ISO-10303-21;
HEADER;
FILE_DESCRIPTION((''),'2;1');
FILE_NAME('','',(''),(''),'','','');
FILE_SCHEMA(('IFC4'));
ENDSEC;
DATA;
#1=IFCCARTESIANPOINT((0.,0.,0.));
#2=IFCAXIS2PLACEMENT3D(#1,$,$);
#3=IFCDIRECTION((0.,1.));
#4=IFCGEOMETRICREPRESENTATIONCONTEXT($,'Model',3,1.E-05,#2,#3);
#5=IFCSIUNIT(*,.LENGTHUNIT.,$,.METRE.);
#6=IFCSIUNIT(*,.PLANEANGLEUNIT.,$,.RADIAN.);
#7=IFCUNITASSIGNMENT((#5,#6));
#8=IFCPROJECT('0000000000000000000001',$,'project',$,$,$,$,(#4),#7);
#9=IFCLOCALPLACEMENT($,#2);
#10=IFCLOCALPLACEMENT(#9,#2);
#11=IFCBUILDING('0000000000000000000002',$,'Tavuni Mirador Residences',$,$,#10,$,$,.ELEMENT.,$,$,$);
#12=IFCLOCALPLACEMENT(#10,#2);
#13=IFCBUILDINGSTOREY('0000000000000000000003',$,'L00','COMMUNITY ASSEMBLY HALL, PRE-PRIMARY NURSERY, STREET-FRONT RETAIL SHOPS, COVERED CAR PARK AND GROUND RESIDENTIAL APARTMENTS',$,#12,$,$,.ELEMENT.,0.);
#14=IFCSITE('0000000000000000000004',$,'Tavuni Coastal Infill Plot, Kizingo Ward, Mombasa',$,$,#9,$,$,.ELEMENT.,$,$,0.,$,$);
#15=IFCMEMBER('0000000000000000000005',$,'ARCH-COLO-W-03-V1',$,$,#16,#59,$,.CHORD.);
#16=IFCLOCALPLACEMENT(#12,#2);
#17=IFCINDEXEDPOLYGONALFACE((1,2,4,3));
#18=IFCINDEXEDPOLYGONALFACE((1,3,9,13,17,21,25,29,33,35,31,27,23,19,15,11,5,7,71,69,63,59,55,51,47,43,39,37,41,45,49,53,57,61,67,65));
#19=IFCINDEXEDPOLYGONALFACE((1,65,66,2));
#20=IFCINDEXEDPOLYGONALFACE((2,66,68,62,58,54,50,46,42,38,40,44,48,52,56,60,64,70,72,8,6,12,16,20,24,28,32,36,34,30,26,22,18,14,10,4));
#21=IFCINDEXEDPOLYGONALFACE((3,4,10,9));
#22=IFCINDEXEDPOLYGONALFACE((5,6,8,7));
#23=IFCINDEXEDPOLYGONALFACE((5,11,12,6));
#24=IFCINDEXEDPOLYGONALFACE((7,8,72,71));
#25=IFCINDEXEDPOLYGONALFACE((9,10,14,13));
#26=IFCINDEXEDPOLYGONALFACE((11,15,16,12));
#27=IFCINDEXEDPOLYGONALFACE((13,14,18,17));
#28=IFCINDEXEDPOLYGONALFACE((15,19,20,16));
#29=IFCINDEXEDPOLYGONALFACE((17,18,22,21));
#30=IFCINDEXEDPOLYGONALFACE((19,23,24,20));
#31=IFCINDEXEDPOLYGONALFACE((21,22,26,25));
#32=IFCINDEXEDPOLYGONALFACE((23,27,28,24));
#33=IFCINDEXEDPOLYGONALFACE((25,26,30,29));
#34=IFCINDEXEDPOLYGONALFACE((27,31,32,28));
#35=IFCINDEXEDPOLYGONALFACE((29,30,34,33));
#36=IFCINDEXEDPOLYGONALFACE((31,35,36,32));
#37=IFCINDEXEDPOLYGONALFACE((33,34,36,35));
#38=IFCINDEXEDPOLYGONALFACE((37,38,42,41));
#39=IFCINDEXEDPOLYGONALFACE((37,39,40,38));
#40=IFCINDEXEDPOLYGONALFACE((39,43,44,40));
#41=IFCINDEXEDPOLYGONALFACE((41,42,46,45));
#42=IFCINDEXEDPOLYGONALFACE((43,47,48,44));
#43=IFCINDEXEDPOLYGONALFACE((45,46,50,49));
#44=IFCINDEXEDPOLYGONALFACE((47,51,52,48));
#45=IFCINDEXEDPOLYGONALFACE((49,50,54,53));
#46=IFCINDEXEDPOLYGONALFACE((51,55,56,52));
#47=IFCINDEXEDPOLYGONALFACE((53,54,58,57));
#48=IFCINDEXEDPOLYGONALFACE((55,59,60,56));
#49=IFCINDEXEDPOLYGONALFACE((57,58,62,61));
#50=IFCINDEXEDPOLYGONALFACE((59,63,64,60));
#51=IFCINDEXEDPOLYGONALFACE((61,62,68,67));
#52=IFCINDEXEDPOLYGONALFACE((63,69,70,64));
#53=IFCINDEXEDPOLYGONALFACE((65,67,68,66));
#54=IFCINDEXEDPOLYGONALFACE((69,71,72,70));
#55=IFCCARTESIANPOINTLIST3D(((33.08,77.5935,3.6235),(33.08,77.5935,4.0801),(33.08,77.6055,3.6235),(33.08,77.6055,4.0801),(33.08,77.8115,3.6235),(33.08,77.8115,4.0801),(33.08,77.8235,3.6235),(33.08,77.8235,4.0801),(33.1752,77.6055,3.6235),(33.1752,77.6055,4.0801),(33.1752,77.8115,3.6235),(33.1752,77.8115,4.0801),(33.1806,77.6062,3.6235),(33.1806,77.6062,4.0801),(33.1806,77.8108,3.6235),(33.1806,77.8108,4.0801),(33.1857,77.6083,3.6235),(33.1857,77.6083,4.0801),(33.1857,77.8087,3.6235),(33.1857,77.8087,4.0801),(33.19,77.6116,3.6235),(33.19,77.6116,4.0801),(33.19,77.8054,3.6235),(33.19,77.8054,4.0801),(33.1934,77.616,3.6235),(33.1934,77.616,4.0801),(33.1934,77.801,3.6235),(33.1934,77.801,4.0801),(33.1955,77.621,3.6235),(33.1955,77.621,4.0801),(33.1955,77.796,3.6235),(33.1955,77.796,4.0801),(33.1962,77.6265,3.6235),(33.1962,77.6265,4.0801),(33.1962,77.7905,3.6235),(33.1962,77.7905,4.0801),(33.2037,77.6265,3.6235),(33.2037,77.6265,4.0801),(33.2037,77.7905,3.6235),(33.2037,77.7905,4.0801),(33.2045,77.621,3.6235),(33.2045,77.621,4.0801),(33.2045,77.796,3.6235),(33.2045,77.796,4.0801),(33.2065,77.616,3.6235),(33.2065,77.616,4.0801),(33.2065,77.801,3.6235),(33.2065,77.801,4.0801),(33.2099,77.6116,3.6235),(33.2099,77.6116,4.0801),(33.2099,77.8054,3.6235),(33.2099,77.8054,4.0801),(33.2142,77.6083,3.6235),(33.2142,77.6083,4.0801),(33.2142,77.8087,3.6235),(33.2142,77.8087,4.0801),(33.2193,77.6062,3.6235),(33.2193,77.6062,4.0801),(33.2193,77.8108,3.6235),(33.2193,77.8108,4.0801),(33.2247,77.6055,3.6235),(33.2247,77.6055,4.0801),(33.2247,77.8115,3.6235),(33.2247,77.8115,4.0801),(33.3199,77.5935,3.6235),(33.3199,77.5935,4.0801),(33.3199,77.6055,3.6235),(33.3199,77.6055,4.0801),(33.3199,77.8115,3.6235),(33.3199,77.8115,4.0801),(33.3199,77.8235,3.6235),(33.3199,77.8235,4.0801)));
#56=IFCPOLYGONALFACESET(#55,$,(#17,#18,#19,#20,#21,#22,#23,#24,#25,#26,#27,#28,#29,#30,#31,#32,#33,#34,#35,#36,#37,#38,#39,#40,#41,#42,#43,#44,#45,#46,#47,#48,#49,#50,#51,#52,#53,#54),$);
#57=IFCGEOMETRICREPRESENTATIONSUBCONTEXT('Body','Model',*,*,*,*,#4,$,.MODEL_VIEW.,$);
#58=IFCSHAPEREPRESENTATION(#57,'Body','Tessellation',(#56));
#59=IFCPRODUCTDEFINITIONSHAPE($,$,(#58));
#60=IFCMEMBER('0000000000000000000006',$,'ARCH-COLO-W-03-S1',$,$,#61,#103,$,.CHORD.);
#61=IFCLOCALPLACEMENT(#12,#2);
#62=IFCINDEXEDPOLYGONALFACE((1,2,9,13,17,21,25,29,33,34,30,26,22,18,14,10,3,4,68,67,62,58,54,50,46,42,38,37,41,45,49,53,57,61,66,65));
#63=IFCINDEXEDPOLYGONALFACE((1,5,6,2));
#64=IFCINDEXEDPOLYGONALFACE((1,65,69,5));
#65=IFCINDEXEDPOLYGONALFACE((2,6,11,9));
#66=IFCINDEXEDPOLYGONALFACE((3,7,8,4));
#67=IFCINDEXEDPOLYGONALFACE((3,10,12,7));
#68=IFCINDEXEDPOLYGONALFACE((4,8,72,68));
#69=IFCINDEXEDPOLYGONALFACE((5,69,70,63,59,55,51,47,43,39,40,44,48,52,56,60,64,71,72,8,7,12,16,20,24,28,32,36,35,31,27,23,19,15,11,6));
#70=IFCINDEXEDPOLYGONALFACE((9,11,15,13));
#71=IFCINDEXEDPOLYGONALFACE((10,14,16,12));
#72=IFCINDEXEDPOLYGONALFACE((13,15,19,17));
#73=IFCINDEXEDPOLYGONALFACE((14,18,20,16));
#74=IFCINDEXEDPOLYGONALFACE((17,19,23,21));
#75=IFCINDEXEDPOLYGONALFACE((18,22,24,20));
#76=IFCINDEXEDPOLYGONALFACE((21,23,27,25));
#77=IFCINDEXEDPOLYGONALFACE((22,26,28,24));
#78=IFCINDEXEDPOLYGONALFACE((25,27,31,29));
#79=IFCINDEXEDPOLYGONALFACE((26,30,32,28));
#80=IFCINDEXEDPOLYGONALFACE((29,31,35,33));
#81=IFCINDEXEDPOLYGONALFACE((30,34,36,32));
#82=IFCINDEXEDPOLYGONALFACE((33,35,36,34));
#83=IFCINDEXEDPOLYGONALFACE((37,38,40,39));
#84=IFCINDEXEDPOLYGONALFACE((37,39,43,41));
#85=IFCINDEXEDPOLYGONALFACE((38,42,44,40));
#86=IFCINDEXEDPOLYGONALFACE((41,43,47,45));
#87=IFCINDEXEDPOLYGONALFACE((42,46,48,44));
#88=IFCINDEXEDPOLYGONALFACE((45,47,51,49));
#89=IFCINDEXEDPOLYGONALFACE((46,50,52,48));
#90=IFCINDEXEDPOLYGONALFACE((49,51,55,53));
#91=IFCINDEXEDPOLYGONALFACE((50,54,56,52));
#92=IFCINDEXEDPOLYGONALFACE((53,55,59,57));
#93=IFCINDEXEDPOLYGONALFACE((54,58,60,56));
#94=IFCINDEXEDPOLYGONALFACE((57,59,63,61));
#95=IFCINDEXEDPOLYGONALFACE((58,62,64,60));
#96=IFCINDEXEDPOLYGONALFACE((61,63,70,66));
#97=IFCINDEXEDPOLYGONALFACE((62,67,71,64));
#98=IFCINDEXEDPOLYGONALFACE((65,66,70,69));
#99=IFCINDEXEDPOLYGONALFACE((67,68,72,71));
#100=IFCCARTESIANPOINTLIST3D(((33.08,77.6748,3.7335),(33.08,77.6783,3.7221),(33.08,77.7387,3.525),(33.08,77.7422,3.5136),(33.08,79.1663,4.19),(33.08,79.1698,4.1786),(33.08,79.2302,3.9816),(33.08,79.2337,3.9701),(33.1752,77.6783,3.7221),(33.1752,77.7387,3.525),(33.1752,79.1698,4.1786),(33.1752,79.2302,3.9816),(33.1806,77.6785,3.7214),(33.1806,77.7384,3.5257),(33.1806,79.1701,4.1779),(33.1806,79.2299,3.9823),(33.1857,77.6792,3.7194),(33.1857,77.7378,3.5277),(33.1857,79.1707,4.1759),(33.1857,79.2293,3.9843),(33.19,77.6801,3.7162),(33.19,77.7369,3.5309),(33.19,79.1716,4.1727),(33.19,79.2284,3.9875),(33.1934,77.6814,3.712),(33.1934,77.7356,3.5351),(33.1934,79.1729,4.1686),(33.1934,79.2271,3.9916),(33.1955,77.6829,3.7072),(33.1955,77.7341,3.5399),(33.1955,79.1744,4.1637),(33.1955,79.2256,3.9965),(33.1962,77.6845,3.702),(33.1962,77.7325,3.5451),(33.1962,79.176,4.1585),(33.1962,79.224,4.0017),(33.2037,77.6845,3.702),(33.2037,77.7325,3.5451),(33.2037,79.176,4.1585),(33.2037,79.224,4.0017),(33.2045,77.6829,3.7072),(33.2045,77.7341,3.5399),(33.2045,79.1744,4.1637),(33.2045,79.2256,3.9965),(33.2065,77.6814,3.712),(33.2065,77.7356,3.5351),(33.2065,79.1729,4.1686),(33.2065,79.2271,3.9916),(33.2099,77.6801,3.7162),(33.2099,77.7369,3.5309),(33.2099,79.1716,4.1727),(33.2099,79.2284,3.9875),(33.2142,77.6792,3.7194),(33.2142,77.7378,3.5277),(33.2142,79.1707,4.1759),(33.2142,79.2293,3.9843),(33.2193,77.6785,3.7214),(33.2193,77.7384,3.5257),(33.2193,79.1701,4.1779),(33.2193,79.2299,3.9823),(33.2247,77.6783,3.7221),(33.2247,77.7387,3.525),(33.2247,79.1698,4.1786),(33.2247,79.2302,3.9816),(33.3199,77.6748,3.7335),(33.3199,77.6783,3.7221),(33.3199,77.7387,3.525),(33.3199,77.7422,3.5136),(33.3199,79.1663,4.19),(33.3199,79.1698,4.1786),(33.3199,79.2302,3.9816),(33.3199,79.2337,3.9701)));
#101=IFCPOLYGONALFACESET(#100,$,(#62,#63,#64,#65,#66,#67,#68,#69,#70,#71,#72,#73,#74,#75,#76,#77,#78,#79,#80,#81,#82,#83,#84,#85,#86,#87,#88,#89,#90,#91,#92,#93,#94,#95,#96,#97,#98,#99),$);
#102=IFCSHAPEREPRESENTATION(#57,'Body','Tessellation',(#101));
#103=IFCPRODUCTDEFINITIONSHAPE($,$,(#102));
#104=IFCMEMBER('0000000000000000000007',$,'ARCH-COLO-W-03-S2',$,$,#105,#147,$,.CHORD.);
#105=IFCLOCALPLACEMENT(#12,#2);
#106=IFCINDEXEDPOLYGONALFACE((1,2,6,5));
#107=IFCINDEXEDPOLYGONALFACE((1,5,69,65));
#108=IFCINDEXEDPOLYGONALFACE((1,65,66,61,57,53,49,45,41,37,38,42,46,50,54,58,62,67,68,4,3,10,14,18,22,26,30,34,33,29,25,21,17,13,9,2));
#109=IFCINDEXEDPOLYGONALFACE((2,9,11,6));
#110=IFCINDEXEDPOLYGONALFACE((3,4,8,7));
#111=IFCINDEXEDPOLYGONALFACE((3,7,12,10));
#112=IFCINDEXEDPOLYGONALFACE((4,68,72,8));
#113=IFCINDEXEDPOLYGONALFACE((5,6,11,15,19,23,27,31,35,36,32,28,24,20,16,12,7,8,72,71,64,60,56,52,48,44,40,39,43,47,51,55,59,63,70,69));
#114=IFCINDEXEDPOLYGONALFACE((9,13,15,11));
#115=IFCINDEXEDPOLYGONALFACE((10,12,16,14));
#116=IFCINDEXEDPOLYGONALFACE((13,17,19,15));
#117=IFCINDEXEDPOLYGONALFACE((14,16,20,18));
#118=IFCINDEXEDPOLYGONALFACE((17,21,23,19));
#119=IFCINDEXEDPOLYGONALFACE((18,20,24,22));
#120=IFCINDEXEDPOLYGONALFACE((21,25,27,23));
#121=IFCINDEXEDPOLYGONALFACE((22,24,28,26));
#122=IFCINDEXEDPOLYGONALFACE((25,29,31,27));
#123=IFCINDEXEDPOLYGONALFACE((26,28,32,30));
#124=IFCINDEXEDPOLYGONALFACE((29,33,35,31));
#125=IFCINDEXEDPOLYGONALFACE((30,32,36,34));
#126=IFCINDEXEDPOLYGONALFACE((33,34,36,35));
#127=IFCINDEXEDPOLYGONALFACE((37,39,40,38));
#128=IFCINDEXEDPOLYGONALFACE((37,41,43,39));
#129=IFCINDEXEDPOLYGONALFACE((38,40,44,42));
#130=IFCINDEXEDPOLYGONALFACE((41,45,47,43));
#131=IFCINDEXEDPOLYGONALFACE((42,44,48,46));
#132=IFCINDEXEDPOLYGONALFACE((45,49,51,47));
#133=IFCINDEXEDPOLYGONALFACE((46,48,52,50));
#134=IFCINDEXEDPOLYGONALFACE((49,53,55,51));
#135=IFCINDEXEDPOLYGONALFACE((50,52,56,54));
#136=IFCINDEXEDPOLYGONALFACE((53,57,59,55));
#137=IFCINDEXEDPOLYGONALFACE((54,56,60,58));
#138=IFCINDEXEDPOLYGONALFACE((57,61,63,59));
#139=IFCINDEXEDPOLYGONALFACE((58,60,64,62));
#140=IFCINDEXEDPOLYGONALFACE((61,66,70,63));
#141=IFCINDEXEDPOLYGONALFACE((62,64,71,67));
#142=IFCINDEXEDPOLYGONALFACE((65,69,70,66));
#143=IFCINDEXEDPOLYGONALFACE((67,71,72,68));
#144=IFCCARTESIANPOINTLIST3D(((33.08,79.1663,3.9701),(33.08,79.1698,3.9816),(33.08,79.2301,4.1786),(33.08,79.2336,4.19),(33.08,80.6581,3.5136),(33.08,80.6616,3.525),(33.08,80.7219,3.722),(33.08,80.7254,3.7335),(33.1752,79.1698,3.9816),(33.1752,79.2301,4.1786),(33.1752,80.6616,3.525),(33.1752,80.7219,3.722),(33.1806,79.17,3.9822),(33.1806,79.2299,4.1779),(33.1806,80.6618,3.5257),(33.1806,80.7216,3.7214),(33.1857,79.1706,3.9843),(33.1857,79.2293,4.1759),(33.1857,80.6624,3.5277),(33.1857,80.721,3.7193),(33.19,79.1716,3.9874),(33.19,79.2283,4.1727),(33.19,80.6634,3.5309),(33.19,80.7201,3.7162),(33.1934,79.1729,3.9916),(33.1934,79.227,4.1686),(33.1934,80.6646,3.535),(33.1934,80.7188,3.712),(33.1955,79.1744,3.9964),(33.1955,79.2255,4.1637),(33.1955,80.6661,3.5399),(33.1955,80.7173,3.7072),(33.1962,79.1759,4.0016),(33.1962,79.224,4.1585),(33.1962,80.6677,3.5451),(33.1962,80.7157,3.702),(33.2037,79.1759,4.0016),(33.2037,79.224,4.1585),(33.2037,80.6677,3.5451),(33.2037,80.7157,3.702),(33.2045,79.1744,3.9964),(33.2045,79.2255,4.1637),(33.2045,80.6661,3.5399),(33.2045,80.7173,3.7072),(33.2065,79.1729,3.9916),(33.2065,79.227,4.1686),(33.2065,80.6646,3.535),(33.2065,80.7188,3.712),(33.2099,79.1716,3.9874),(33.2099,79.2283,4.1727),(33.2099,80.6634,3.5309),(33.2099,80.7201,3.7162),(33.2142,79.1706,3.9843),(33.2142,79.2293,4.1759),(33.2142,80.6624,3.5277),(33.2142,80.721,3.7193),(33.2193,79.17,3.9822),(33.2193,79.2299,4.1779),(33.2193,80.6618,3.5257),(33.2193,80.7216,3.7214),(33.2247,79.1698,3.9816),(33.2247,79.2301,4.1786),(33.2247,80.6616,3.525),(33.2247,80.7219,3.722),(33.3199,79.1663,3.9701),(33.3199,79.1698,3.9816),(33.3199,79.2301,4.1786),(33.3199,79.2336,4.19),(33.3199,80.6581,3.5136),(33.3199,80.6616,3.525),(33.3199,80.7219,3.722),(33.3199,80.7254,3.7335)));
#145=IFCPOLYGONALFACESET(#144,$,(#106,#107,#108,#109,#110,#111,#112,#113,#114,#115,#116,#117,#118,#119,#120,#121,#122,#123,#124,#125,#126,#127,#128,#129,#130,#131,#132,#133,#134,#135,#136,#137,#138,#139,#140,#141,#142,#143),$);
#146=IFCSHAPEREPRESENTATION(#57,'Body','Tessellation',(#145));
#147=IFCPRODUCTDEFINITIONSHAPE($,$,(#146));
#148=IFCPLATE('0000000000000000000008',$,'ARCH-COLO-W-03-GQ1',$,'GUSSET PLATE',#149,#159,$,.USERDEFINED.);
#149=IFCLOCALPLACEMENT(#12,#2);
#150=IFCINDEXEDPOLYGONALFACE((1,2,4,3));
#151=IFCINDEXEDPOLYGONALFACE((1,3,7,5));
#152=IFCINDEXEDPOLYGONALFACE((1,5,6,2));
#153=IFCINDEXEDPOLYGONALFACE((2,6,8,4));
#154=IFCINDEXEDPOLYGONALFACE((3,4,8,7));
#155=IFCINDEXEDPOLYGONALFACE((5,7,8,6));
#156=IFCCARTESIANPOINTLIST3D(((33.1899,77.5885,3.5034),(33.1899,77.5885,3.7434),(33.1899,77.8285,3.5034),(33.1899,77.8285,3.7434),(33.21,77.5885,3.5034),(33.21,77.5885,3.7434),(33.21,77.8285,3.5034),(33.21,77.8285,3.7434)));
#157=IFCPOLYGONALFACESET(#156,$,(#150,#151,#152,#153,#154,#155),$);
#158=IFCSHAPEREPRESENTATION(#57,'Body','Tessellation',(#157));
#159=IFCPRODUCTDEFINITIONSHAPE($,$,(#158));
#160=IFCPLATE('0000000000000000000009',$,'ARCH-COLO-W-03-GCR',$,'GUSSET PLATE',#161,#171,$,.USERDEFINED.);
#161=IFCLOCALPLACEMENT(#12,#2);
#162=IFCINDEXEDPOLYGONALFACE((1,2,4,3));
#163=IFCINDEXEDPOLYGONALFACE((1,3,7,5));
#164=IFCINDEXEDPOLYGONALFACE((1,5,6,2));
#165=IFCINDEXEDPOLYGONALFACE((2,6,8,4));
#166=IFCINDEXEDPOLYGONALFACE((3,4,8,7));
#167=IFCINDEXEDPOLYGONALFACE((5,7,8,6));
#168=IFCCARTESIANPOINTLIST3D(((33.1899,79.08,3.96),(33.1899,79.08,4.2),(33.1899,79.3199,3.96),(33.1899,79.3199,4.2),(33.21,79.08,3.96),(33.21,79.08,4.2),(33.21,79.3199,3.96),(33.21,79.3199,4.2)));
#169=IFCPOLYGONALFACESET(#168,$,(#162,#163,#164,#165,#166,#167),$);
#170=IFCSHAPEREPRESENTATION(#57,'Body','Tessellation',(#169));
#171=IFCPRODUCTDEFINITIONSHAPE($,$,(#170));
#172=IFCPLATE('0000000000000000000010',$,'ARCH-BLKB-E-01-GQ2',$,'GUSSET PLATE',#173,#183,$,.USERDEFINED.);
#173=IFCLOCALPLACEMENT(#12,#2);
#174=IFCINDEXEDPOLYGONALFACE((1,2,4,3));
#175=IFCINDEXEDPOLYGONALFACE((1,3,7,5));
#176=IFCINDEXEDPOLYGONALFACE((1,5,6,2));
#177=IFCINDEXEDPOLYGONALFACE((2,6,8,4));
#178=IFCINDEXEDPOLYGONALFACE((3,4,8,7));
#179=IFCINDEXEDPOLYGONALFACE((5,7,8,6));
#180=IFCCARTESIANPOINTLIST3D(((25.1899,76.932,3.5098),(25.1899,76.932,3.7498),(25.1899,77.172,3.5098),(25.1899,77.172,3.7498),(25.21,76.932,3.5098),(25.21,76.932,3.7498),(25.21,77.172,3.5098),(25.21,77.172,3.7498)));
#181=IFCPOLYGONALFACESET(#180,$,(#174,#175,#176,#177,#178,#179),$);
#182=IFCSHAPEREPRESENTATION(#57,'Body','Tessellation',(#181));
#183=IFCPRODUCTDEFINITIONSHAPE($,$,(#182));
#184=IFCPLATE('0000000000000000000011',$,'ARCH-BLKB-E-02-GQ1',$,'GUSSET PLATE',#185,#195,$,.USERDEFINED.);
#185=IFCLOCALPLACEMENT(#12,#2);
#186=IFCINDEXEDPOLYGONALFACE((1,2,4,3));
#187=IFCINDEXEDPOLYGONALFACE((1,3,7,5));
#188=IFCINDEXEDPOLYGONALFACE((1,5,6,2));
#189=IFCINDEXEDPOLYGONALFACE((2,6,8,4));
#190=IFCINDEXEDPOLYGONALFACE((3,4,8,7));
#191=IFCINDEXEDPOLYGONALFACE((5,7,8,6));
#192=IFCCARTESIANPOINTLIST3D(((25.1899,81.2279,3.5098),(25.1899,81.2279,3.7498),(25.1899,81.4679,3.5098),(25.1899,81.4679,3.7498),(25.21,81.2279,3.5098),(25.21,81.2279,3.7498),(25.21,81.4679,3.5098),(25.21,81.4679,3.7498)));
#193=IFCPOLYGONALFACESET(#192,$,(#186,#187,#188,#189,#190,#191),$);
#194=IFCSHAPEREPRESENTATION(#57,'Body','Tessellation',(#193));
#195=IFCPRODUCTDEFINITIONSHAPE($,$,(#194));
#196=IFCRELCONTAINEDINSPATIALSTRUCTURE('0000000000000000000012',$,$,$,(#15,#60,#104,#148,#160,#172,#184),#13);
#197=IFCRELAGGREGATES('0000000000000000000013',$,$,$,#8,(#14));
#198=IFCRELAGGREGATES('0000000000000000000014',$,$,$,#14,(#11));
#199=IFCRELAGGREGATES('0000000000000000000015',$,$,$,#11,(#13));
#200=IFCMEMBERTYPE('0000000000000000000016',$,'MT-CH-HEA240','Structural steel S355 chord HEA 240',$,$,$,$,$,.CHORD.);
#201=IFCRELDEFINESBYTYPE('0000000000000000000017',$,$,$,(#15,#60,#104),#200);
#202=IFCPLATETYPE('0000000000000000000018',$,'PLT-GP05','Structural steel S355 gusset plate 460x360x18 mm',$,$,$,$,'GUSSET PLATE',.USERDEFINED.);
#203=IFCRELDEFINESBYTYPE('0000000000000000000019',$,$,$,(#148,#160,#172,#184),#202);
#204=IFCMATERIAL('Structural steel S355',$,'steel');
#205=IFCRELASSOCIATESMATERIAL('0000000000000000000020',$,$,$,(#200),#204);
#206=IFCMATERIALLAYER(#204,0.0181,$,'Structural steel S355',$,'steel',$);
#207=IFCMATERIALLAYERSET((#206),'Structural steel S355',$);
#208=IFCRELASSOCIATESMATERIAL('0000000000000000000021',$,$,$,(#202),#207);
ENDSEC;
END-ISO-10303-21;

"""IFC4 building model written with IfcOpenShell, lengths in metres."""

from ifc_helpers import new_model, si_unit, direction, frame, origin, origin_2d, place, context, subcontext, project, spatial, rectangle, i_section, extrude, material, layer, layer_set, material_profile, profile_set, type_object, element, save


model = new_model("IFC4")

# Units and contexts
model_context = context("Model", 3, precision=1e-05, world=origin(), true_north=direction((0.0, 1.0)))
body_context = subcontext(model_context, "Body", "Model", "MODEL_VIEW")
ifc_project = project(units=[si_unit("LENGTHUNIT", "METRE"), si_unit("PLANEANGLEUNIT", "RADIAN")], contexts=[model_context])

# Site, building, storey
site_placement = place(None, origin())
site = spatial("IfcSite", under=ifc_project, at=site_placement, Name="Tavuni Coastal Infill Plot, Kizingo Ward, Mombasa", CompositionType="ELEMENT", RefElevation=0.0)
building_placement = place(site_placement, origin())
building = spatial("IfcBuilding", under=site, at=building_placement, Name="Tavuni Mirador Residences", CompositionType="ELEMENT")
storey_placement = place(building_placement, origin())
storey = spatial("IfcBuildingStorey", under=building, at=storey_placement, Name="L00", Description="COMMUNITY ASSEMBLY HALL, PRE-PRIMARY NURSERY, STREET-FRONT RETAIL SHOPS, COVERED CAR PARK AND GROUND RESIDENTIAL APARTMENTS", CompositionType="ELEMENT", Elevation=0.0)

# Members
ifc_material_1 = material(Name="Structural steel S355", Category="steel")
ifc_material_profile_1 = material_profile(ifc_material_1, i_section(OverallWidth=0.24, OverallDepth=0.23, WebThickness=0.0076, FlangeThickness=0.012, FilletRadius=0.021, at=origin_2d()), Name="HEA 240", Category="steel")
ifc_profile_set_1 = profile_set([ifc_material_profile_1], Name="Structural steel S355")
member_type_1 = type_object("IfcMemberType", Name="MT-CH-HEA240", Description="Structural steel S355 chord HEA 240", PredefinedType="CHORD", material=ifc_profile_set_1)
member_1_placement = place(storey_placement, frame((33.2, 77.7085, 3.6235), z_axis=(0.0, 0.0, 1.0), x_axis=(1.0, 0.0, 0.0)))
element("IfcMember", 1, at=member_1_placement, inside=storey, type_object=member_type_1, Name="ARCH-COLO-W-03-V1", PredefinedType="CHORD", context=body_context, shape_type="SweptSolid", body=[
    extrude(i_section(OverallWidth=0.24, OverallDepth=0.23, WebThickness=0.0076, FlangeThickness=0.012, FilletRadius=0.021, at=origin_2d()), origin(), (0.0, 0.0, 1.0), 0.4565),
])
member_2_placement = place(storey_placement, frame((33.2, 77.7085, 3.6235), z_axis=(0.0, 0.956204, 0.2927), x_axis=(-1.0, 0.0, 0.0)))
element("IfcMember", 2, at=member_2_placement, inside=storey, type_object=member_type_1, Name="ARCH-COLO-W-03-S1", PredefinedType="CHORD", context=body_context, shape_type="SweptSolid", body=[
    extrude(i_section(OverallWidth=0.24, OverallDepth=0.23, WebThickness=0.0076, FlangeThickness=0.012, FilletRadius=0.021, at=origin_2d()), origin(), (0.0, 0.0, 1.0), 1.5598),
])
member_3_placement = place(storey_placement, frame((33.2, 79.2, 4.0801), z_axis=(0.0, 0.956218, -0.292656), x_axis=(-1.0, 0.0, 0.0)))
element("IfcMember", 3, at=member_3_placement, inside=storey, type_object=member_type_1, Name="ARCH-COLO-W-03-S2", PredefinedType="CHORD", context=body_context, shape_type="SweptSolid", body=[
    extrude(i_section(OverallWidth=0.24, OverallDepth=0.23, WebThickness=0.0076, FlangeThickness=0.012, FilletRadius=0.021, at=origin_2d()), origin(), (0.0, 0.0, 1.0), 1.5601),
])

# Plates
ifc_layer_1 = layer(ifc_material_1, 0.0181, Name="Structural steel S355", Category="steel")
ifc_layer_set_1 = layer_set([ifc_layer_1], Name="Structural steel S355")
plate_type = type_object("IfcPlateType", Name="PLT-GP05", Description="Structural steel S355 gusset plate 460x360x18 mm", ElementType="GUSSET PLATE", PredefinedType="USERDEFINED", material=ifc_layer_set_1)
for number, where, z_axis, x_axis, name in (
    (4, (33.2, 77.7085, 3.5034), (0.0, 0.0, 1.0), (1.0, 0.0, 0.0), "ARCH-COLO-W-03-GQ1"),
    (5, (33.2, 79.2, 3.96), (0.0, 0.0, 1.0), (1.0, 0.0, 0.0), "ARCH-COLO-W-03-GCR"),
    (6, (25.2, 77.052, 3.5098), (0.0, 0.0, 1.0), (1.0, 0.0, 0.0), "ARCH-BLKB-E-01-GQ2"),
    (7, (25.2, 81.3479, 3.5098), (0.0, 0.0, 1.0), (1.0, 0.0, 0.0), "ARCH-BLKB-E-02-GQ1"),
):
    element("IfcPlate", number, at=place(storey_placement, frame(where, z_axis=z_axis, x_axis=x_axis)), inside=storey, type_object=plate_type, Name=name, ObjectType="GUSSET PLATE", PredefinedType="USERDEFINED", context=body_context, shape_type="SweptSolid", body=[
        extrude(rectangle(XDim=0.02, YDim=0.24, at=origin_2d()), origin(), (0.0, 0.0, 1.0), 0.24),
    ])

save(model, "model.ifc")
